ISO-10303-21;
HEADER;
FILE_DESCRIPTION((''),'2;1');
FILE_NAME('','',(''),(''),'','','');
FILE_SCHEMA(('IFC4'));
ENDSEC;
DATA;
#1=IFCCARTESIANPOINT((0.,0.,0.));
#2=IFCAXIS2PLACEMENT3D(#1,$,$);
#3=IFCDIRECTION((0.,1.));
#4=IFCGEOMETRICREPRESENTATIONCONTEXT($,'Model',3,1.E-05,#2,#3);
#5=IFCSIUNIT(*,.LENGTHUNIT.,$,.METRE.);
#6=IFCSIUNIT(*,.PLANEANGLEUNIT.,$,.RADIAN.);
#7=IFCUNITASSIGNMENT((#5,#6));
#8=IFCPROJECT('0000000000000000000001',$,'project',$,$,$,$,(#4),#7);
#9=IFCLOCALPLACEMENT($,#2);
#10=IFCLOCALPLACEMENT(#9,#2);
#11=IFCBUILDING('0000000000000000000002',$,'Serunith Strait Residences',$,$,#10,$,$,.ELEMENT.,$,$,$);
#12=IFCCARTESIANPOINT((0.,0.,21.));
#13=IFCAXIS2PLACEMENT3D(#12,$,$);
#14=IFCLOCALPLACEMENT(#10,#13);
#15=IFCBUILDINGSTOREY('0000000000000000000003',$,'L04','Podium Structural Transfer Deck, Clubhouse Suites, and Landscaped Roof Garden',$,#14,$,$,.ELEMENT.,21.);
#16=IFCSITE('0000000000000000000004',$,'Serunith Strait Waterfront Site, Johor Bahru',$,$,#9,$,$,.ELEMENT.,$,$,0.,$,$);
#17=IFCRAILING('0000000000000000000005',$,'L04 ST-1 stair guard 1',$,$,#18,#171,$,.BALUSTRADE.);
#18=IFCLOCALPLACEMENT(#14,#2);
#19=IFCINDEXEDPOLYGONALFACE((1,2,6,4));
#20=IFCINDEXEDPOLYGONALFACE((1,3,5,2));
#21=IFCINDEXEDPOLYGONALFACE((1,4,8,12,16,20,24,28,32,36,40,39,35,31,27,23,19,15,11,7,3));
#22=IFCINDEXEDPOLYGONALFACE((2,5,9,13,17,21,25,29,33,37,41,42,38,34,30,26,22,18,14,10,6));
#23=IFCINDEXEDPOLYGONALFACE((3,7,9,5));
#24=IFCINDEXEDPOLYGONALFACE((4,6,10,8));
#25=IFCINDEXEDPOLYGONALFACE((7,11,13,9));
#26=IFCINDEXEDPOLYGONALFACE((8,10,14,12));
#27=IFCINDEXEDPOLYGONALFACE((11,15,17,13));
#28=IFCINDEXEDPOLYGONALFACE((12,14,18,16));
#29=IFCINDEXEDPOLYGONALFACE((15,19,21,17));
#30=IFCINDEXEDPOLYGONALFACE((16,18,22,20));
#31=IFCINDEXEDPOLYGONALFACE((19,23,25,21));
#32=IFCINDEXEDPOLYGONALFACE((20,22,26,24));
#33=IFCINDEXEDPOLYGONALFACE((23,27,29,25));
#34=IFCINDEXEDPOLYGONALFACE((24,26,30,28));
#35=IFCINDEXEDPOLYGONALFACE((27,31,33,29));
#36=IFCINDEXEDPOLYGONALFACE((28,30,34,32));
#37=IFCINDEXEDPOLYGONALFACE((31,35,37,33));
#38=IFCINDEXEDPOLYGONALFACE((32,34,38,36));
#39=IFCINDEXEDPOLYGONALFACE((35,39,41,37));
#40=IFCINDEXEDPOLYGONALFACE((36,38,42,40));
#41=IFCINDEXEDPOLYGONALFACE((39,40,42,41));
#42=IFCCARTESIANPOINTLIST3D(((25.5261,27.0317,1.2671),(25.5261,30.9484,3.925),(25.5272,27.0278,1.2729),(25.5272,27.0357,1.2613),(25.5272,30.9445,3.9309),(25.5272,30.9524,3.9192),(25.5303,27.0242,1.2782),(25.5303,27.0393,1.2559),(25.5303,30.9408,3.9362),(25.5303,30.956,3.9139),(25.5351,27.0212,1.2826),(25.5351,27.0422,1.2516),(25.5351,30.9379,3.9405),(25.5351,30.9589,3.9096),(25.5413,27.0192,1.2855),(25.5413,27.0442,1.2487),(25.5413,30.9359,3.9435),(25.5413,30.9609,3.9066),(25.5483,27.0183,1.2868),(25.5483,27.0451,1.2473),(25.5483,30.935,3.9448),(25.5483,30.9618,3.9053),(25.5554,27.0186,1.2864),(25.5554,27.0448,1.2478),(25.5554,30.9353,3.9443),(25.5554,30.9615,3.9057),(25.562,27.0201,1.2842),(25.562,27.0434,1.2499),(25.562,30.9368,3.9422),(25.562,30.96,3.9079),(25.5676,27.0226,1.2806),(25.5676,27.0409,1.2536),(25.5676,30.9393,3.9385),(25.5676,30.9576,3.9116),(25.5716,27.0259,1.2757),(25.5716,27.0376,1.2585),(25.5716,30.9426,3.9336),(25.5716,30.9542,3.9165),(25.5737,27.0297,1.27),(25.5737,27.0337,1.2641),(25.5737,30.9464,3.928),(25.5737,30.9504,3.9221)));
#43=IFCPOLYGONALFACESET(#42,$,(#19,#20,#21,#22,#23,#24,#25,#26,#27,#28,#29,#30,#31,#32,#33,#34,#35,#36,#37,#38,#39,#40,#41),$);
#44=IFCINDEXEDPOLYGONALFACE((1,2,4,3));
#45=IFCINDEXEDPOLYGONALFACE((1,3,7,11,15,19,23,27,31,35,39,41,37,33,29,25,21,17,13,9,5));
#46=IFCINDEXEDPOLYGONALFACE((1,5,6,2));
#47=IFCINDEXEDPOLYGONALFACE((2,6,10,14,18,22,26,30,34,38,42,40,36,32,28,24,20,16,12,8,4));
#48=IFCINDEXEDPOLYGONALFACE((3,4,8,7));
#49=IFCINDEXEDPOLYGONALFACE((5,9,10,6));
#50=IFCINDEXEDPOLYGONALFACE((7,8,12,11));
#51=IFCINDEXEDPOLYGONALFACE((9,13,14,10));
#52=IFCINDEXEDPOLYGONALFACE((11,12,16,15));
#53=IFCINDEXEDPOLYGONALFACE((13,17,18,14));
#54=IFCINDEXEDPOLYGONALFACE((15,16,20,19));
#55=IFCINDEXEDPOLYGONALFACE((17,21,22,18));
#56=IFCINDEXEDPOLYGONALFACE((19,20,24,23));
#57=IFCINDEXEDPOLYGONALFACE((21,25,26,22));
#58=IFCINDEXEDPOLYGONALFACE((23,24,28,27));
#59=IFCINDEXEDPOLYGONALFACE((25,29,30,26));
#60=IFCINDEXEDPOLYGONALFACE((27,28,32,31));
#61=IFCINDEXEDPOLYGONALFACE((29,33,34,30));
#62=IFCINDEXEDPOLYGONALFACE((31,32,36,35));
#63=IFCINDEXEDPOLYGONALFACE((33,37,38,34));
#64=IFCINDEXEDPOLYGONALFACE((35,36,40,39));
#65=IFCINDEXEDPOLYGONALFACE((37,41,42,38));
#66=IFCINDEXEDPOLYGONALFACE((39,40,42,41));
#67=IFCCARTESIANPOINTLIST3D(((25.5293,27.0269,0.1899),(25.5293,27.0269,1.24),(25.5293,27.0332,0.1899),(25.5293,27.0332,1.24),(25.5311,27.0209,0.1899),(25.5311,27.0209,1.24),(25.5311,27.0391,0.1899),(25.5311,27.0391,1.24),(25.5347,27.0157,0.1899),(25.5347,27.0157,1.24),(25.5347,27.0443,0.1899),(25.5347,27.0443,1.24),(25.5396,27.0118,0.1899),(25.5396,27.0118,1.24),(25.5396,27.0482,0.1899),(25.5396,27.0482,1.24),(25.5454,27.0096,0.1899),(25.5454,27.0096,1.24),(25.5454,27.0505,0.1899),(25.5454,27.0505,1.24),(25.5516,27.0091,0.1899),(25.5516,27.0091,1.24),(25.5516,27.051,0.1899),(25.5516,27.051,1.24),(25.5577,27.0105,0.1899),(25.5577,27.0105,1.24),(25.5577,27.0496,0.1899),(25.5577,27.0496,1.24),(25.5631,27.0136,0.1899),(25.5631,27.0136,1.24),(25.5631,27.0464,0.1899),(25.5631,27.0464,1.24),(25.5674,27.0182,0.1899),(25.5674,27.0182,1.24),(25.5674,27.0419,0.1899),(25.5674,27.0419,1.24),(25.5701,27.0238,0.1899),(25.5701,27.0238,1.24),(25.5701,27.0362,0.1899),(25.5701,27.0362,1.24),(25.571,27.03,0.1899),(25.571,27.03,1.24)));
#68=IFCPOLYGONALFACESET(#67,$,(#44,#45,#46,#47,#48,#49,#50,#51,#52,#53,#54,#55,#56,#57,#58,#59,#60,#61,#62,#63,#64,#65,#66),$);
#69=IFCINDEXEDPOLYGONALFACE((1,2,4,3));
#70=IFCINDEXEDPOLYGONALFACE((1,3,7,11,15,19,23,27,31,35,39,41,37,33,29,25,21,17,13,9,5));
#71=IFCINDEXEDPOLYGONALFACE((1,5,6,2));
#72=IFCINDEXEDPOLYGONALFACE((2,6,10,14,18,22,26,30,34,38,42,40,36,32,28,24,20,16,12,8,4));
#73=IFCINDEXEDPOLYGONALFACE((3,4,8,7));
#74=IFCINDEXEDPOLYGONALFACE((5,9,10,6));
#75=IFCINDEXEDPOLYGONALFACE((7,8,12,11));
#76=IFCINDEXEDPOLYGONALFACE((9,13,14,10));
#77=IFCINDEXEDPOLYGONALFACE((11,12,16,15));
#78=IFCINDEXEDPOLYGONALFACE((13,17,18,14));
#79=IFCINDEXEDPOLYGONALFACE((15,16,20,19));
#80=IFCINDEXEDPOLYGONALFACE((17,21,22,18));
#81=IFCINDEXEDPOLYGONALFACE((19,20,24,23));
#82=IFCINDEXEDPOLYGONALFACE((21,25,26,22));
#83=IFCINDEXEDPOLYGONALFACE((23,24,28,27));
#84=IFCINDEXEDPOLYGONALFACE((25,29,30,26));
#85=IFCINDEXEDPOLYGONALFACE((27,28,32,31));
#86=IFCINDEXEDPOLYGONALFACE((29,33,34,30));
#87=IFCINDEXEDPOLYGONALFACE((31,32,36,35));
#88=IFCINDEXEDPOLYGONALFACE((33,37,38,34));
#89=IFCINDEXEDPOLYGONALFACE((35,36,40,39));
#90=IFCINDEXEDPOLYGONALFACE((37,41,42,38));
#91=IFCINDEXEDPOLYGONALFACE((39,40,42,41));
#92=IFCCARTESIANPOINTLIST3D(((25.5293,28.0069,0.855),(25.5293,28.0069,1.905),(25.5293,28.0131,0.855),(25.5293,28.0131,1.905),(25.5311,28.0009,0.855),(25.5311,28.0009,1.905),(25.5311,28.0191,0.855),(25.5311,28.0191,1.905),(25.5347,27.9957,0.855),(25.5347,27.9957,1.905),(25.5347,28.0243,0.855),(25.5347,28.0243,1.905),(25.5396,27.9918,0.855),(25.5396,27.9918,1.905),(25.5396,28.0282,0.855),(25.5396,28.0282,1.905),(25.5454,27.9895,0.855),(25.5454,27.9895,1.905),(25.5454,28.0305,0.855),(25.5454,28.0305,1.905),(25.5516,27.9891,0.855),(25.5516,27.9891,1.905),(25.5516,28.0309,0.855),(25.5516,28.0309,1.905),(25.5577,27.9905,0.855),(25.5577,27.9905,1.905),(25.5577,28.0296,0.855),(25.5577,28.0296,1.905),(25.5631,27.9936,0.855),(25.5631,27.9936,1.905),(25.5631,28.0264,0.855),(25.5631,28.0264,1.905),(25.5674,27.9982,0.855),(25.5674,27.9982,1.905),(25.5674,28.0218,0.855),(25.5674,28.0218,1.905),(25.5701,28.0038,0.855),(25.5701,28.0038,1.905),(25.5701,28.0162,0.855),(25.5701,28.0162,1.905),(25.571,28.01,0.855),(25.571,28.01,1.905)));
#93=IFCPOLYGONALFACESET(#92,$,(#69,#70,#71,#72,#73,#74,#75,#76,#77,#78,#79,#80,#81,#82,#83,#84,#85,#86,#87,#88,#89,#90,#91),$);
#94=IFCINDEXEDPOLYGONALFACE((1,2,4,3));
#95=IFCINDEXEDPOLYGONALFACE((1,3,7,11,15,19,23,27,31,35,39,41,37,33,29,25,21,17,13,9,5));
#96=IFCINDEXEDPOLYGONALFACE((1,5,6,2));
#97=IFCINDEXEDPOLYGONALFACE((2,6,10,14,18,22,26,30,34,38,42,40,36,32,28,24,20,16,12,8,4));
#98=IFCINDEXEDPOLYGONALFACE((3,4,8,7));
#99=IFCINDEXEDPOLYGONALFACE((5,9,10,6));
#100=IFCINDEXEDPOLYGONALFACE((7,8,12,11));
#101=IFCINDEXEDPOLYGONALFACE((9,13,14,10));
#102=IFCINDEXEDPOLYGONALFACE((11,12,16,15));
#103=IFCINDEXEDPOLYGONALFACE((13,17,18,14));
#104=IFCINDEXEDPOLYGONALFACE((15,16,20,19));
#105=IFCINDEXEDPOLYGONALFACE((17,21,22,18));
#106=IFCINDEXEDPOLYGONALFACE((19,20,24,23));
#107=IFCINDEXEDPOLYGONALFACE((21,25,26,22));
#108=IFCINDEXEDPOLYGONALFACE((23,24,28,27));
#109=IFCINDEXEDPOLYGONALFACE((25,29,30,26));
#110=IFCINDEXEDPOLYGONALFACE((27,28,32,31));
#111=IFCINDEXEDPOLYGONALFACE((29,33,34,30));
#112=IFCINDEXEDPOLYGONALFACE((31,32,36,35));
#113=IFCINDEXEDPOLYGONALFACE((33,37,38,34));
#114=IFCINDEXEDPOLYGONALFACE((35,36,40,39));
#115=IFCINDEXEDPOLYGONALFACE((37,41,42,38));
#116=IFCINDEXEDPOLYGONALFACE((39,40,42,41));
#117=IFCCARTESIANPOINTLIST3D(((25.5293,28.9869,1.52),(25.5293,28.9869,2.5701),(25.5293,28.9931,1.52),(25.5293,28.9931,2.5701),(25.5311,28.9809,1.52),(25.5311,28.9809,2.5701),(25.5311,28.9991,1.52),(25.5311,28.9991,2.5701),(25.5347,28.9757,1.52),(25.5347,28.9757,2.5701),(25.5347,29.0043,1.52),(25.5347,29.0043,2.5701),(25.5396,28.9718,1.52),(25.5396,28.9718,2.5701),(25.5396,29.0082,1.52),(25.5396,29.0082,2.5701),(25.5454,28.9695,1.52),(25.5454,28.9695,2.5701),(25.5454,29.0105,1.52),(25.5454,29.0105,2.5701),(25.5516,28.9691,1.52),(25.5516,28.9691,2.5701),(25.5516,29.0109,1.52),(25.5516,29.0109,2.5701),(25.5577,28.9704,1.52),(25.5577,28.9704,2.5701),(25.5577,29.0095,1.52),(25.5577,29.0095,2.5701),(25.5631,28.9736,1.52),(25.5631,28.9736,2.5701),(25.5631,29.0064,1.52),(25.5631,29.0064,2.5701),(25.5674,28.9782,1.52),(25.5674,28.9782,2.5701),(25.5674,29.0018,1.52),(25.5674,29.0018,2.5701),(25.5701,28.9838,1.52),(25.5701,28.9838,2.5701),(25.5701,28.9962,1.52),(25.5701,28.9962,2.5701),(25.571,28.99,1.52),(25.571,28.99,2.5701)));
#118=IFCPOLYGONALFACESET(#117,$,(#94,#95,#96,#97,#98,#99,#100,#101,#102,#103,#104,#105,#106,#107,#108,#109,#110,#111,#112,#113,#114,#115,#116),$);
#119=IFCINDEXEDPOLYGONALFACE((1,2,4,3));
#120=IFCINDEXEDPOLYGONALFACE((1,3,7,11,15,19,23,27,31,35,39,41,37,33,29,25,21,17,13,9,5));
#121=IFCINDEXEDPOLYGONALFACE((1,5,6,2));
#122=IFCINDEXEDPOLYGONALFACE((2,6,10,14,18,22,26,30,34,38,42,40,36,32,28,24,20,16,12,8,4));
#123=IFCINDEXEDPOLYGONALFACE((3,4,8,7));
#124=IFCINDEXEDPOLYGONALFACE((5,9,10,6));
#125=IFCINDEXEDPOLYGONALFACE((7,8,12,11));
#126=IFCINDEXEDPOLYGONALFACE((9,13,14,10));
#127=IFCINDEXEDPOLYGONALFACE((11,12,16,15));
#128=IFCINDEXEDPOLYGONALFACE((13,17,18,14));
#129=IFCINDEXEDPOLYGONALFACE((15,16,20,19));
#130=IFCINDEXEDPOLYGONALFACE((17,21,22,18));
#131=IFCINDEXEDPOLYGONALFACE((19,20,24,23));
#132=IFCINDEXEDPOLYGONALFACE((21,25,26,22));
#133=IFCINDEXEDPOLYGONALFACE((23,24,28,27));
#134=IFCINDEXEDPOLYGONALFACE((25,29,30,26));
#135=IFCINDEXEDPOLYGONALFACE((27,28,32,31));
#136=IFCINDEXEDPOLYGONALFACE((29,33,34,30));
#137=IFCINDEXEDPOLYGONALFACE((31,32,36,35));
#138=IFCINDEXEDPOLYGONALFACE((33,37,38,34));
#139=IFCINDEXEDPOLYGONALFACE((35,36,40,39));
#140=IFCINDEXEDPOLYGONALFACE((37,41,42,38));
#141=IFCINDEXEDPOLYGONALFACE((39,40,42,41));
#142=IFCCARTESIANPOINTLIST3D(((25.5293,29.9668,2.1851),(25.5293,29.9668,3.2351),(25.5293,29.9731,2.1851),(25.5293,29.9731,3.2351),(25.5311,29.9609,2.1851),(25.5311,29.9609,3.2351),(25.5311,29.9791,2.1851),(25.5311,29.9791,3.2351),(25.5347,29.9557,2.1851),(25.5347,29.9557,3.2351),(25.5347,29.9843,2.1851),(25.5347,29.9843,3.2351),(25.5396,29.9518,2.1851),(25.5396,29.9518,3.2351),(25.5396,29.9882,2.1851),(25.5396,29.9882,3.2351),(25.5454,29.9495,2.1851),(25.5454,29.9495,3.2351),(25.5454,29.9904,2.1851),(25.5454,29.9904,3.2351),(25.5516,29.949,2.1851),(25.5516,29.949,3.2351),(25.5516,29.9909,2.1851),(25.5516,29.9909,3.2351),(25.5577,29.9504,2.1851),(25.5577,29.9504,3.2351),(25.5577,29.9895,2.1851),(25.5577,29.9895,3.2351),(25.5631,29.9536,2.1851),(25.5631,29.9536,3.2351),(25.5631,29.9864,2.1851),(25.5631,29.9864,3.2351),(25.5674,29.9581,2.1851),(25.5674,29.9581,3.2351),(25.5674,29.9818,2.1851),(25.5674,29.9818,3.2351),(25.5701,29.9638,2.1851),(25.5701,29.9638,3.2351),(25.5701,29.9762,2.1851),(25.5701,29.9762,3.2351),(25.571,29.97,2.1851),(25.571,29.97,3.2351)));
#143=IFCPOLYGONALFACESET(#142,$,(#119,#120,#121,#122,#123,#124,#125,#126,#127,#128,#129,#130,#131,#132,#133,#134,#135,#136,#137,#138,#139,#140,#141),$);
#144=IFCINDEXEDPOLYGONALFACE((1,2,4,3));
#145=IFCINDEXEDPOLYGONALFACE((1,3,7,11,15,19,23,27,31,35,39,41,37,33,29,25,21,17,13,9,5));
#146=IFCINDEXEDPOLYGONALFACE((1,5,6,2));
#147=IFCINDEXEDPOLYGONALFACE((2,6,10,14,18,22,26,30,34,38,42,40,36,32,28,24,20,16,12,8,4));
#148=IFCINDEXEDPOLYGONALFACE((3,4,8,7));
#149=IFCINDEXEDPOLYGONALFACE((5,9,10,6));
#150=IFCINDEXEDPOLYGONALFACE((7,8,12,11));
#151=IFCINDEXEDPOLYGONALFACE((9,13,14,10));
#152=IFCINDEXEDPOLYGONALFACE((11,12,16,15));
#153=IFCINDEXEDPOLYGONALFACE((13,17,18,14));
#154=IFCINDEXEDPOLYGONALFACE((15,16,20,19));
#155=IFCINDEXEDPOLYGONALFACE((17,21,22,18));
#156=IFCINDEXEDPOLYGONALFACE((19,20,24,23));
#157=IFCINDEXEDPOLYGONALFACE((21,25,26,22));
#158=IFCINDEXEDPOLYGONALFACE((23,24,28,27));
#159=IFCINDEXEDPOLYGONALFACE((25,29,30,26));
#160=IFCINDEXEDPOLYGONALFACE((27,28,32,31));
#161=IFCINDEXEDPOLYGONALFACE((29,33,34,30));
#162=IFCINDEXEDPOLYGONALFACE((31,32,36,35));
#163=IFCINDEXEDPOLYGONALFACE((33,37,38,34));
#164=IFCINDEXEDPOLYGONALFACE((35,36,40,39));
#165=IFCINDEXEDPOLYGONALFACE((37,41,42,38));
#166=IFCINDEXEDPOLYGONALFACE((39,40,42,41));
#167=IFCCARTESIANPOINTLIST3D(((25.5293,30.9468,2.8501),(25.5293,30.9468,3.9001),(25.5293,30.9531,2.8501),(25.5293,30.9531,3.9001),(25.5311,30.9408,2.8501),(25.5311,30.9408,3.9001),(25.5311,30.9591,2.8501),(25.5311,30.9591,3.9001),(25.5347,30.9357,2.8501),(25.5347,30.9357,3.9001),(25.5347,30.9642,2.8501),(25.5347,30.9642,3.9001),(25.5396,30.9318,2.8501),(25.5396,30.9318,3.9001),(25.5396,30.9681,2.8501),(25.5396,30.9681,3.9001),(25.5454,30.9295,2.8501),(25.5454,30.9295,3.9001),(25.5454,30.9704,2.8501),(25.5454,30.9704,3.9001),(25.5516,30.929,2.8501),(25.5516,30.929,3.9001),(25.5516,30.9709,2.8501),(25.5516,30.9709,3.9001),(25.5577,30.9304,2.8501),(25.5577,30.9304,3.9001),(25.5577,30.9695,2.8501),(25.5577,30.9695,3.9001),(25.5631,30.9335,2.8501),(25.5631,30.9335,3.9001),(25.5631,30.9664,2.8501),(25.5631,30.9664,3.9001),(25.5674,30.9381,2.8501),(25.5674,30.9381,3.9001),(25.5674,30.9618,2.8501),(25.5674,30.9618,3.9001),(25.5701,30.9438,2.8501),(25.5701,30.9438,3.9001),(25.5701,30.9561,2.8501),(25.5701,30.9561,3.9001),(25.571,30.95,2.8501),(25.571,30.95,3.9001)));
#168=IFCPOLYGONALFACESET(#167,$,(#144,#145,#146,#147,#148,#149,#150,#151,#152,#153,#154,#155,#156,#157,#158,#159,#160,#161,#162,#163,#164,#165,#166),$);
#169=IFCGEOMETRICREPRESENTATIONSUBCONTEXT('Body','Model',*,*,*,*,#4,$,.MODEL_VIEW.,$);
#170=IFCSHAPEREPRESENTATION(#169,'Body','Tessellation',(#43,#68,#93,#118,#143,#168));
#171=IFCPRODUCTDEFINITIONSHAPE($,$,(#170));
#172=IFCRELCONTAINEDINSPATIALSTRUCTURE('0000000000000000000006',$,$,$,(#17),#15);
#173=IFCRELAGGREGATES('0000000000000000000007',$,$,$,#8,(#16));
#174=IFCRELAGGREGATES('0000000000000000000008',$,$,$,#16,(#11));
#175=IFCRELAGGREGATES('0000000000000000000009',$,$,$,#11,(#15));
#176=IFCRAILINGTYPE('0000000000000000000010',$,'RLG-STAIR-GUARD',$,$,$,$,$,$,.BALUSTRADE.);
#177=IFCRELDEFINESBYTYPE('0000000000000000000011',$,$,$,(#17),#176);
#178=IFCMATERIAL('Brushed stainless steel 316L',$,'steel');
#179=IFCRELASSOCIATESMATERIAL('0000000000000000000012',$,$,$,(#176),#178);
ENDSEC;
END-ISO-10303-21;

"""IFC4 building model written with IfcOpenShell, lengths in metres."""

from ifc_helpers import new_model, si_unit, direction, frame, origin, origin_2d, place, context, subcontext, project, spatial, circle, extrude, material, type_object, element, save


model = new_model("IFC4")

# Units and contexts
model_context = context("Model", 3, precision=1e-05, world=origin(), true_north=direction((0.0, 1.0)))
body_context = subcontext(model_context, "Body", "Model", "MODEL_VIEW")
ifc_project = project(units=[si_unit("LENGTHUNIT", "METRE"), si_unit("PLANEANGLEUNIT", "RADIAN")], contexts=[model_context])

# Site, building, storey
site_placement = place(None, origin())
site = spatial("IfcSite", under=ifc_project, at=site_placement, Name="Serunith Strait Waterfront Site, Johor Bahru", CompositionType="ELEMENT", RefElevation=0.0)
building_placement = place(site_placement, origin())
building = spatial("IfcBuilding", under=site, at=building_placement, Name="Serunith Strait Residences", CompositionType="ELEMENT")
storey_placement = place(building_placement, frame((0.0, 0.0, 21.0)))
storey = spatial("IfcBuildingStorey", under=building, at=storey_placement, Name="L04", Description="Podium Structural Transfer Deck, Clubhouse Suites, and Landscaped Roof Garden", CompositionType="ELEMENT", Elevation=21.0)

# Railing
ifc_material_1 = material(Name="Brushed stainless steel 316L", Category="steel")
railing_type = type_object("IfcRailingType", Name="RLG-STAIR-GUARD", PredefinedType="BALUSTRADE", material=ifc_material_1)
railing_1_placement = place(storey_placement, frame((25.55, 27.03, 0.1899)))
element("IfcRailing", 1, at=railing_1_placement, inside=storey, type_object=railing_type, Name="L04 ST-1 stair guard 1", PredefinedType="BALUSTRADE", context=body_context, shape_type="SweptSolid", body=[
    extrude(circle(Radius=0.0239, at=origin_2d()), frame((0.0, 0.0017, 1.0771), z_axis=(0.0, 0.827455, 0.561532), x_axis=(-1.0, 0.0, 0.0)), (0.0, 0.0, 1.0), 4.7334),
    extrude(circle(Radius=0.021, at=origin_2d()), origin(), (0.0, 0.0, 1.0), 1.05),
    extrude(circle(Radius=0.021, at=origin_2d()), frame((0.0, 0.98, 0.665)), (0.0, 0.0, 1.0), 1.05),
    extrude(circle(Radius=0.021, at=origin_2d()), frame((0.0, 1.96, 1.3301)), (0.0, 0.0, 1.0), 1.05),
    extrude(circle(Radius=0.021, at=origin_2d()), frame((0.0, 2.9399, 1.9951)), (0.0, 0.0, 1.0), 1.05),
    extrude(circle(Radius=0.021, at=origin_2d()), frame((0.0, 3.9199, 2.6602)), (0.0, 0.0, 1.0), 1.05),
])

save(model, "model.ifc")
